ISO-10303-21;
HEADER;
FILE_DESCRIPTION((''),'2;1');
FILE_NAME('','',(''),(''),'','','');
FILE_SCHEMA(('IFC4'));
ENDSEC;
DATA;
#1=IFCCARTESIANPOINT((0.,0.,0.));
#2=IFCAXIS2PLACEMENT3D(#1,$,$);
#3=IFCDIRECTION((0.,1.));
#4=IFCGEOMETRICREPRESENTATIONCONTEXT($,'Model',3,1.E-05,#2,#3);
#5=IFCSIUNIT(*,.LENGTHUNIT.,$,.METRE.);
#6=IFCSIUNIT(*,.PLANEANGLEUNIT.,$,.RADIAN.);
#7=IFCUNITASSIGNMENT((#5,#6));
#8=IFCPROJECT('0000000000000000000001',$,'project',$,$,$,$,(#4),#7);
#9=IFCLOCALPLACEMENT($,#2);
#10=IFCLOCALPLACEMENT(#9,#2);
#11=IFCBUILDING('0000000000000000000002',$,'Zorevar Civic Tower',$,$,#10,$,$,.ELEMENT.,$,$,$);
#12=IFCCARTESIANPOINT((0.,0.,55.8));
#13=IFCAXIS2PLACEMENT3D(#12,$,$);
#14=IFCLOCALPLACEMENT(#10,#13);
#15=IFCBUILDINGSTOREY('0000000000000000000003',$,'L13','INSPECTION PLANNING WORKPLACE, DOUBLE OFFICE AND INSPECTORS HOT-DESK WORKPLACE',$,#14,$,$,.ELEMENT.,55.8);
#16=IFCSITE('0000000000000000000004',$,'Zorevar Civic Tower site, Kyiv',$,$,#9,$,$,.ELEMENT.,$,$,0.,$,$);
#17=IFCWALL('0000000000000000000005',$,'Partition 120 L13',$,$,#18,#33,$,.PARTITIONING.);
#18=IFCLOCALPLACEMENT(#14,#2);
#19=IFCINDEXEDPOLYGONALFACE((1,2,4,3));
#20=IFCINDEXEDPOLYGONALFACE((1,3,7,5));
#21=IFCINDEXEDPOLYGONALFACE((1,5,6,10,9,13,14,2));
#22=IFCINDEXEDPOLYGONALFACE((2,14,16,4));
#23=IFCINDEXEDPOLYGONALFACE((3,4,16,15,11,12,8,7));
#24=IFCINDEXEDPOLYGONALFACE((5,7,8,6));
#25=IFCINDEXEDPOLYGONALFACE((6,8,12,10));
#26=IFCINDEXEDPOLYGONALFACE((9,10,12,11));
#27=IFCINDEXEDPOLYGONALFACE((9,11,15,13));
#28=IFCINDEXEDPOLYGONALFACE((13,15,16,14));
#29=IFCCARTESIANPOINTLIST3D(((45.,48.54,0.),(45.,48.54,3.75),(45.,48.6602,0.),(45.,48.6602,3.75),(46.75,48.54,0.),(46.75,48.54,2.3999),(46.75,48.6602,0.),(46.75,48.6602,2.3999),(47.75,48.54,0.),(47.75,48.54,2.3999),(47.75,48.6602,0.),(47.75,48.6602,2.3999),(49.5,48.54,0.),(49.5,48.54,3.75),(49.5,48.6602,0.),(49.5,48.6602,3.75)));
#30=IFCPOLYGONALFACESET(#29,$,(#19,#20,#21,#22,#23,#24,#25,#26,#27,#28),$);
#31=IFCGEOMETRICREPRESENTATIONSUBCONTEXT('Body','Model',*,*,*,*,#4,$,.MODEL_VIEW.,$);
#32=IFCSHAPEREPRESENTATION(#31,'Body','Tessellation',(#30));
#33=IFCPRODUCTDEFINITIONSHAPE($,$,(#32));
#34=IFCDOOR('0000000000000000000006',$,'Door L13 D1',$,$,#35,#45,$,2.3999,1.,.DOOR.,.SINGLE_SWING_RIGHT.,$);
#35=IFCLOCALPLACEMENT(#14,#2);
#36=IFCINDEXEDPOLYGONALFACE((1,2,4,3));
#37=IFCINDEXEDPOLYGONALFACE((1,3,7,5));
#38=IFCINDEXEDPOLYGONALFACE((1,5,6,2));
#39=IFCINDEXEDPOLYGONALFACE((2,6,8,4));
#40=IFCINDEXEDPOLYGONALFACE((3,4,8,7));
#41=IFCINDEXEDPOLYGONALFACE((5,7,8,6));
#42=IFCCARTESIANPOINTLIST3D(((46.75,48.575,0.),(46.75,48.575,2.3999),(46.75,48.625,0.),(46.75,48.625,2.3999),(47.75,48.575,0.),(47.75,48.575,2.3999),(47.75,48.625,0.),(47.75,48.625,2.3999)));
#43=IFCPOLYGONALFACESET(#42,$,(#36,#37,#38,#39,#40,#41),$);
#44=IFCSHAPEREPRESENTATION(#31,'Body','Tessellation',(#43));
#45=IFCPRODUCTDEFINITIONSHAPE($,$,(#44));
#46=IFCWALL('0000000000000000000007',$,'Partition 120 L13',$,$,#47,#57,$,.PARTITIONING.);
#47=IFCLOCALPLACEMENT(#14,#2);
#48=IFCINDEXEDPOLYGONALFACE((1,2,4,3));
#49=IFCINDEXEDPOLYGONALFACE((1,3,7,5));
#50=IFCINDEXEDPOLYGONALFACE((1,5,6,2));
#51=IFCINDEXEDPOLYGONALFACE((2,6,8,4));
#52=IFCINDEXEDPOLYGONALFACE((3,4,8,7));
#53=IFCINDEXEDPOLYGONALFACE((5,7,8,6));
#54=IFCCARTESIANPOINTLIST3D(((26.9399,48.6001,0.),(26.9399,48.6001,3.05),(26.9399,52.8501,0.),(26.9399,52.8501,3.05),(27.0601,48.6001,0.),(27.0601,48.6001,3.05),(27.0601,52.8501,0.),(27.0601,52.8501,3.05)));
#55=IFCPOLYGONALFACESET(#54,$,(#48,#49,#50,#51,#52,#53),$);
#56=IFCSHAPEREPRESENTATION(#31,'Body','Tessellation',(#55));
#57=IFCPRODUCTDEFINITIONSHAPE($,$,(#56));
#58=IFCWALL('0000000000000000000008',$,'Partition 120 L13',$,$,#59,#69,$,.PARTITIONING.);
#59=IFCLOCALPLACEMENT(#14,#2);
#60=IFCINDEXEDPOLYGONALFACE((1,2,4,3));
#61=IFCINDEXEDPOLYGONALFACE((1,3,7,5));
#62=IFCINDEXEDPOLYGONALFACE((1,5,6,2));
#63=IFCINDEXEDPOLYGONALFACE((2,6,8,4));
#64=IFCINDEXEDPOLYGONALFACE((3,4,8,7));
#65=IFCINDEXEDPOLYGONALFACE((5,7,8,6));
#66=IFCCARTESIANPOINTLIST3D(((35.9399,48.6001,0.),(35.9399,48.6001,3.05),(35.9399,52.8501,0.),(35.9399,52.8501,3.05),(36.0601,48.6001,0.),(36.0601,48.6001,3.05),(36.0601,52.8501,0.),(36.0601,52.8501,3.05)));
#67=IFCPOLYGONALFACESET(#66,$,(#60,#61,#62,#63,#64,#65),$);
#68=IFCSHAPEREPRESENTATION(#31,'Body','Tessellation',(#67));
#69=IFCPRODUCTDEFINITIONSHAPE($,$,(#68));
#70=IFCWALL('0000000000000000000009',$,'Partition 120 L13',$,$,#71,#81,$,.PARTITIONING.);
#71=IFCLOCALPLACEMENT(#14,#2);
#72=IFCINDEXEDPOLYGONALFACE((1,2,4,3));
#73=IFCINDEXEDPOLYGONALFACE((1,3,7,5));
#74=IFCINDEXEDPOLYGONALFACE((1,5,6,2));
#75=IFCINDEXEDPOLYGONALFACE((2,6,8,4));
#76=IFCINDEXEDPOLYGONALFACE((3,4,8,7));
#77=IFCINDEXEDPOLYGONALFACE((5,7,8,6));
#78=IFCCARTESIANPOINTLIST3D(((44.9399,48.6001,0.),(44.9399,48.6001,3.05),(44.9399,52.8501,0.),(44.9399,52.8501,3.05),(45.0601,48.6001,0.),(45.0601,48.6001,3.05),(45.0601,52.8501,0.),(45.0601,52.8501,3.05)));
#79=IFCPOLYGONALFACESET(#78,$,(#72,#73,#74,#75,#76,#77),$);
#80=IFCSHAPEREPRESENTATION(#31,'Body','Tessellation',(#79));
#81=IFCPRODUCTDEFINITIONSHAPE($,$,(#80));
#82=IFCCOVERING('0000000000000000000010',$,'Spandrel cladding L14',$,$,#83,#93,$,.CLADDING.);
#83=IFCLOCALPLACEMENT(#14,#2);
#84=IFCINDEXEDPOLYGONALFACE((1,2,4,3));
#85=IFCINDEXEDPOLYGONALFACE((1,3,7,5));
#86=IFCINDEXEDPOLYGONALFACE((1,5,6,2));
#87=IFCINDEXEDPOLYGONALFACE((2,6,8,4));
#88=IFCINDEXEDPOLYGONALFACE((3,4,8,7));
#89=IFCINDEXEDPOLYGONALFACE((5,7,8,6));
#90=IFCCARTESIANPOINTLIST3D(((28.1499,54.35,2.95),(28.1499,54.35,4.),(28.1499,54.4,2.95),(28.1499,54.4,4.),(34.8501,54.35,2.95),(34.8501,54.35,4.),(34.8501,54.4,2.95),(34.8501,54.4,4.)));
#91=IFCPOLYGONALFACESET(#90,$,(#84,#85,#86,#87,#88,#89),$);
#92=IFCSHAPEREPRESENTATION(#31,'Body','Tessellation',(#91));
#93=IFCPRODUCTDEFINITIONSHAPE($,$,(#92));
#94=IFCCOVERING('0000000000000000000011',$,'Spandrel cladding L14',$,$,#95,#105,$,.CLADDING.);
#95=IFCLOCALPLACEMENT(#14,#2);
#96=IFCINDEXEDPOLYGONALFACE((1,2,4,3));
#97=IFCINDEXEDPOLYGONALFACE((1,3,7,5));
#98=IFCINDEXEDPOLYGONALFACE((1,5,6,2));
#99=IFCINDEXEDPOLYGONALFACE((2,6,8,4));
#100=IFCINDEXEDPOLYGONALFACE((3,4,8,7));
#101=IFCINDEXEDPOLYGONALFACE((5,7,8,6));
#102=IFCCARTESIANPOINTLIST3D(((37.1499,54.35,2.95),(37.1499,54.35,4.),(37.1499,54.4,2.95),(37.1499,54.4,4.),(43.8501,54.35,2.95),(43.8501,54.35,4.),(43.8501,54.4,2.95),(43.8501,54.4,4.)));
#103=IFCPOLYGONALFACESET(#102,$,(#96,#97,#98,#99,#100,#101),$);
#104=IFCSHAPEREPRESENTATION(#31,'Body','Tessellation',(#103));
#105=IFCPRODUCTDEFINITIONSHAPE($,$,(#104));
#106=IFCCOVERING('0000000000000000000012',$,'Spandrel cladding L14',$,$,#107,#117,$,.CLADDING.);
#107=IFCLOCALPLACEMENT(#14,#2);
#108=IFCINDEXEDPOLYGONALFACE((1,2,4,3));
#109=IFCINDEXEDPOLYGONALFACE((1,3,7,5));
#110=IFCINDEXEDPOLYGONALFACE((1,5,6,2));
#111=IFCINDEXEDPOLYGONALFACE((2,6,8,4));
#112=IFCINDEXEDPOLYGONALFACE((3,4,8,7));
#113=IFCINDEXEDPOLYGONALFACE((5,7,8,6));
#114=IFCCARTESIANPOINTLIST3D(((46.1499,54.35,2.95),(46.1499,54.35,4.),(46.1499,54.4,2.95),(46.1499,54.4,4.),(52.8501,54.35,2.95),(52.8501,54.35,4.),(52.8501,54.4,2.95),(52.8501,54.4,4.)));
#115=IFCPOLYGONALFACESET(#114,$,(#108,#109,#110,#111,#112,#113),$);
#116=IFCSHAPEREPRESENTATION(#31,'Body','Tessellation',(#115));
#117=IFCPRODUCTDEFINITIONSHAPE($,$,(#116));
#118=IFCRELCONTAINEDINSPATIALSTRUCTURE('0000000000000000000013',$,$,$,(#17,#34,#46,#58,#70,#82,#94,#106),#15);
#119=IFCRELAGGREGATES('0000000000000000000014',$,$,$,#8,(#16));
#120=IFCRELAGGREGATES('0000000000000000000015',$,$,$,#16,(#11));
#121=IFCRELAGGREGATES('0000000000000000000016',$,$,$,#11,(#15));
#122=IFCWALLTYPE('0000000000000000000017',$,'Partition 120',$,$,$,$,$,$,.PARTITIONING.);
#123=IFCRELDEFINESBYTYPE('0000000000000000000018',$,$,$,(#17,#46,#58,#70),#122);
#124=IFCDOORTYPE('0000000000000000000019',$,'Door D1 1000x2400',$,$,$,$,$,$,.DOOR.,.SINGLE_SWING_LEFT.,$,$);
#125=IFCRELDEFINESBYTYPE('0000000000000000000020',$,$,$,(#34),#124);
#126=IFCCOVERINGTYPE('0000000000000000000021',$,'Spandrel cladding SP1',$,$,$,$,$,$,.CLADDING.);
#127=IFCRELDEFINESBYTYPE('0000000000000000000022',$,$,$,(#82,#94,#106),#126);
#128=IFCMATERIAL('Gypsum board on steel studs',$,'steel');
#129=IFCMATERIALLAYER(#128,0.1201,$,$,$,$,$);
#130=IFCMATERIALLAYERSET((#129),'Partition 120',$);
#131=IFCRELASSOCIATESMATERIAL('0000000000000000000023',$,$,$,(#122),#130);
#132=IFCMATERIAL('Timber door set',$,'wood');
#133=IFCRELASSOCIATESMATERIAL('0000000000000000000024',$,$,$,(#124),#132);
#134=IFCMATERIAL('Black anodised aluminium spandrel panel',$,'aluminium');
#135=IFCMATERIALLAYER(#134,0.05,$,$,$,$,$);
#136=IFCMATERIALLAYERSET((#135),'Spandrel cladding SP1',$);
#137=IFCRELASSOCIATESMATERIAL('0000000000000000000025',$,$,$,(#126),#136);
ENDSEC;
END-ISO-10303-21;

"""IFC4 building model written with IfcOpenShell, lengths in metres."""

from ifc_helpers import new_model, si_unit, direction, frame, frame_2d, origin, place, context, subcontext, project, spatial, rectangle, extrude, material, layer, layer_set, type_object, element, fill, save


model = new_model("IFC4")

# Units and contexts
model_context = context("Model", 3, precision=1e-05, world=origin(), true_north=direction((0.0, 1.0)))
body_context = subcontext(model_context, "Body", "Model", "MODEL_VIEW")
ifc_project = project(units=[si_unit("LENGTHUNIT", "METRE"), si_unit("PLANEANGLEUNIT", "RADIAN")], contexts=[model_context])

# Site, building, storey
site_placement = place(None, origin())
site = spatial("IfcSite", under=ifc_project, at=site_placement, Name="Zorevar Civic Tower site, Kyiv", CompositionType="ELEMENT", RefElevation=0.0)
building_placement = place(site_placement, origin())
building = spatial("IfcBuilding", under=site, at=building_placement, Name="Zorevar Civic Tower", CompositionType="ELEMENT")
storey_placement = place(building_placement, frame((0.0, 0.0, 55.8)))
storey = spatial("IfcBuildingStorey", under=building, at=storey_placement, Name="L13", Description="INSPECTION PLANNING WORKPLACE, DOUBLE OFFICE AND INSPECTORS HOT-DESK WORKPLACE", CompositionType="ELEMENT", Elevation=55.8)

# Wall, opening, door
ifc_material_1 = material(Name="Gypsum board on steel studs", Category="steel")
ifc_layer_1 = layer(ifc_material_1, 0.1201)
ifc_layer_set_1 = layer_set([ifc_layer_1], Name="Partition 120")
wall_type = type_object("IfcWallType", Name="Partition 120", PredefinedType="PARTITIONING", material=ifc_layer_set_1)
ifc_material_2 = material(Name="Timber door set", Category="wood")
door_type = type_object("IfcDoorType", Name="Door D1 1000x2400", OperationType="SINGLE_SWING_LEFT", PredefinedType="DOOR", material=ifc_material_2)
wall_1_placement = place(storey_placement, frame((45.0, 48.6001, 0.0), z_axis=(0.0, 0.0, 1.0), x_axis=(1.0, 0.0, 0.0)))
wall_1 = element("IfcWall", 1, at=wall_1_placement, inside=storey, type_object=wall_type, Name="Partition 120 L13", PredefinedType="PARTITIONING", context=body_context, shape_type="SweptSolid", body=[
    extrude(rectangle(XDim=4.5, YDim=0.1201, at=frame_2d((2.25, 0.0))), origin(), (0.0, 0.0, 1.0), 3.75),
])
opening_1_placement = place(wall_1_placement, frame((1.75, 0.0, 0.0)))
opening_1 = element("IfcOpeningElement", 2, at=opening_1_placement, cuts=wall_1, PredefinedType="OPENING", context=body_context, shape_type="SweptSolid", body=[
    extrude(rectangle(XDim=1.0, YDim=2.3999, at=frame_2d((0.5, 1.2))), frame((0.0, 0.0701, 0.0), z_axis=(0.0, -1.0, 0.0), x_axis=(1.0, 0.0, 0.0)), (0.0, 0.0, 1.0), 0.1401),
])
door_1_placement = place(opening_1_placement, origin())
door_1 = element("IfcDoor", 3, at=door_1_placement, inside=storey, type_object=door_type, Name="Door L13 D1", OperationType="SINGLE_SWING_RIGHT", OverallHeight=2.3999, OverallWidth=1.0, PredefinedType="DOOR", context=body_context, shape_type="SweptSolid", body=[
    extrude(rectangle(XDim=1.0, YDim=2.3999, at=frame_2d((0.5, 1.2))), frame((0.0, 0.0249, 0.0), z_axis=(0.0, -1.0, 0.0), x_axis=(1.0, 0.0, 0.0)), (0.0, 0.0, 1.0), 0.05),
])
fill(opening_1, door_1)

# Walls
for number, where, z_axis, x_axis, name in (
    (4, (27.0, 48.6001, 0.0), (0.0, 0.0, 1.0), (0.0, 1.0, 0.0), "Partition 120 L13"),
    (5, (36.0, 48.6001, 0.0), (0.0, 0.0, 1.0), (0.0, 1.0, 0.0), "Partition 120 L13"),
    (6, (45.0, 48.6001, 0.0), (0.0, 0.0, 1.0), (0.0, 1.0, 0.0), "Partition 120 L13"),
):
    element("IfcWall", number, at=place(storey_placement, frame(where, z_axis=z_axis, x_axis=x_axis)), inside=storey, type_object=wall_type, Name=name, PredefinedType="PARTITIONING", context=body_context, shape_type="SweptSolid", body=[
        extrude(rectangle(XDim=4.25, YDim=0.1201, at=frame_2d((2.125, 0.0))), origin(), (0.0, 0.0, 1.0), 3.05),
    ])

# Coverings
ifc_material_3 = material(Name="Black anodised aluminium spandrel panel", Category="aluminium")
ifc_layer_2 = layer(ifc_material_3, 0.05)
ifc_layer_set_2 = layer_set([ifc_layer_2], Name="Spandrel cladding SP1")
covering_type = type_object("IfcCoveringType", Name="Spandrel cladding SP1", PredefinedType="CLADDING", material=ifc_layer_set_2)
for number, where, z_axis, x_axis, name in (
    (7, (28.1499, 54.375, 2.95), (0.0, 0.0, 1.0), (1.0, 0.0, 0.0), "Spandrel cladding L14"),
    (8, (37.1499, 54.375, 2.95), (0.0, 0.0, 1.0), (1.0, 0.0, 0.0), "Spandrel cladding L14"),
    (9, (46.1499, 54.375, 2.95), (0.0, 0.0, 1.0), (1.0, 0.0, 0.0), "Spandrel cladding L14"),
):
    element("IfcCovering", number, at=place(storey_placement, frame(where, z_axis=z_axis, x_axis=x_axis)), inside=storey, type_object=covering_type, Name=name, PredefinedType="CLADDING", context=body_context, shape_type="SweptSolid", body=[
        extrude(rectangle(XDim=6.7002, YDim=0.05, at=frame_2d((3.3501, 0.0))), origin(), (0.0, 0.0, 1.0), 1.05),
    ])

save(model, "model.ifc")
